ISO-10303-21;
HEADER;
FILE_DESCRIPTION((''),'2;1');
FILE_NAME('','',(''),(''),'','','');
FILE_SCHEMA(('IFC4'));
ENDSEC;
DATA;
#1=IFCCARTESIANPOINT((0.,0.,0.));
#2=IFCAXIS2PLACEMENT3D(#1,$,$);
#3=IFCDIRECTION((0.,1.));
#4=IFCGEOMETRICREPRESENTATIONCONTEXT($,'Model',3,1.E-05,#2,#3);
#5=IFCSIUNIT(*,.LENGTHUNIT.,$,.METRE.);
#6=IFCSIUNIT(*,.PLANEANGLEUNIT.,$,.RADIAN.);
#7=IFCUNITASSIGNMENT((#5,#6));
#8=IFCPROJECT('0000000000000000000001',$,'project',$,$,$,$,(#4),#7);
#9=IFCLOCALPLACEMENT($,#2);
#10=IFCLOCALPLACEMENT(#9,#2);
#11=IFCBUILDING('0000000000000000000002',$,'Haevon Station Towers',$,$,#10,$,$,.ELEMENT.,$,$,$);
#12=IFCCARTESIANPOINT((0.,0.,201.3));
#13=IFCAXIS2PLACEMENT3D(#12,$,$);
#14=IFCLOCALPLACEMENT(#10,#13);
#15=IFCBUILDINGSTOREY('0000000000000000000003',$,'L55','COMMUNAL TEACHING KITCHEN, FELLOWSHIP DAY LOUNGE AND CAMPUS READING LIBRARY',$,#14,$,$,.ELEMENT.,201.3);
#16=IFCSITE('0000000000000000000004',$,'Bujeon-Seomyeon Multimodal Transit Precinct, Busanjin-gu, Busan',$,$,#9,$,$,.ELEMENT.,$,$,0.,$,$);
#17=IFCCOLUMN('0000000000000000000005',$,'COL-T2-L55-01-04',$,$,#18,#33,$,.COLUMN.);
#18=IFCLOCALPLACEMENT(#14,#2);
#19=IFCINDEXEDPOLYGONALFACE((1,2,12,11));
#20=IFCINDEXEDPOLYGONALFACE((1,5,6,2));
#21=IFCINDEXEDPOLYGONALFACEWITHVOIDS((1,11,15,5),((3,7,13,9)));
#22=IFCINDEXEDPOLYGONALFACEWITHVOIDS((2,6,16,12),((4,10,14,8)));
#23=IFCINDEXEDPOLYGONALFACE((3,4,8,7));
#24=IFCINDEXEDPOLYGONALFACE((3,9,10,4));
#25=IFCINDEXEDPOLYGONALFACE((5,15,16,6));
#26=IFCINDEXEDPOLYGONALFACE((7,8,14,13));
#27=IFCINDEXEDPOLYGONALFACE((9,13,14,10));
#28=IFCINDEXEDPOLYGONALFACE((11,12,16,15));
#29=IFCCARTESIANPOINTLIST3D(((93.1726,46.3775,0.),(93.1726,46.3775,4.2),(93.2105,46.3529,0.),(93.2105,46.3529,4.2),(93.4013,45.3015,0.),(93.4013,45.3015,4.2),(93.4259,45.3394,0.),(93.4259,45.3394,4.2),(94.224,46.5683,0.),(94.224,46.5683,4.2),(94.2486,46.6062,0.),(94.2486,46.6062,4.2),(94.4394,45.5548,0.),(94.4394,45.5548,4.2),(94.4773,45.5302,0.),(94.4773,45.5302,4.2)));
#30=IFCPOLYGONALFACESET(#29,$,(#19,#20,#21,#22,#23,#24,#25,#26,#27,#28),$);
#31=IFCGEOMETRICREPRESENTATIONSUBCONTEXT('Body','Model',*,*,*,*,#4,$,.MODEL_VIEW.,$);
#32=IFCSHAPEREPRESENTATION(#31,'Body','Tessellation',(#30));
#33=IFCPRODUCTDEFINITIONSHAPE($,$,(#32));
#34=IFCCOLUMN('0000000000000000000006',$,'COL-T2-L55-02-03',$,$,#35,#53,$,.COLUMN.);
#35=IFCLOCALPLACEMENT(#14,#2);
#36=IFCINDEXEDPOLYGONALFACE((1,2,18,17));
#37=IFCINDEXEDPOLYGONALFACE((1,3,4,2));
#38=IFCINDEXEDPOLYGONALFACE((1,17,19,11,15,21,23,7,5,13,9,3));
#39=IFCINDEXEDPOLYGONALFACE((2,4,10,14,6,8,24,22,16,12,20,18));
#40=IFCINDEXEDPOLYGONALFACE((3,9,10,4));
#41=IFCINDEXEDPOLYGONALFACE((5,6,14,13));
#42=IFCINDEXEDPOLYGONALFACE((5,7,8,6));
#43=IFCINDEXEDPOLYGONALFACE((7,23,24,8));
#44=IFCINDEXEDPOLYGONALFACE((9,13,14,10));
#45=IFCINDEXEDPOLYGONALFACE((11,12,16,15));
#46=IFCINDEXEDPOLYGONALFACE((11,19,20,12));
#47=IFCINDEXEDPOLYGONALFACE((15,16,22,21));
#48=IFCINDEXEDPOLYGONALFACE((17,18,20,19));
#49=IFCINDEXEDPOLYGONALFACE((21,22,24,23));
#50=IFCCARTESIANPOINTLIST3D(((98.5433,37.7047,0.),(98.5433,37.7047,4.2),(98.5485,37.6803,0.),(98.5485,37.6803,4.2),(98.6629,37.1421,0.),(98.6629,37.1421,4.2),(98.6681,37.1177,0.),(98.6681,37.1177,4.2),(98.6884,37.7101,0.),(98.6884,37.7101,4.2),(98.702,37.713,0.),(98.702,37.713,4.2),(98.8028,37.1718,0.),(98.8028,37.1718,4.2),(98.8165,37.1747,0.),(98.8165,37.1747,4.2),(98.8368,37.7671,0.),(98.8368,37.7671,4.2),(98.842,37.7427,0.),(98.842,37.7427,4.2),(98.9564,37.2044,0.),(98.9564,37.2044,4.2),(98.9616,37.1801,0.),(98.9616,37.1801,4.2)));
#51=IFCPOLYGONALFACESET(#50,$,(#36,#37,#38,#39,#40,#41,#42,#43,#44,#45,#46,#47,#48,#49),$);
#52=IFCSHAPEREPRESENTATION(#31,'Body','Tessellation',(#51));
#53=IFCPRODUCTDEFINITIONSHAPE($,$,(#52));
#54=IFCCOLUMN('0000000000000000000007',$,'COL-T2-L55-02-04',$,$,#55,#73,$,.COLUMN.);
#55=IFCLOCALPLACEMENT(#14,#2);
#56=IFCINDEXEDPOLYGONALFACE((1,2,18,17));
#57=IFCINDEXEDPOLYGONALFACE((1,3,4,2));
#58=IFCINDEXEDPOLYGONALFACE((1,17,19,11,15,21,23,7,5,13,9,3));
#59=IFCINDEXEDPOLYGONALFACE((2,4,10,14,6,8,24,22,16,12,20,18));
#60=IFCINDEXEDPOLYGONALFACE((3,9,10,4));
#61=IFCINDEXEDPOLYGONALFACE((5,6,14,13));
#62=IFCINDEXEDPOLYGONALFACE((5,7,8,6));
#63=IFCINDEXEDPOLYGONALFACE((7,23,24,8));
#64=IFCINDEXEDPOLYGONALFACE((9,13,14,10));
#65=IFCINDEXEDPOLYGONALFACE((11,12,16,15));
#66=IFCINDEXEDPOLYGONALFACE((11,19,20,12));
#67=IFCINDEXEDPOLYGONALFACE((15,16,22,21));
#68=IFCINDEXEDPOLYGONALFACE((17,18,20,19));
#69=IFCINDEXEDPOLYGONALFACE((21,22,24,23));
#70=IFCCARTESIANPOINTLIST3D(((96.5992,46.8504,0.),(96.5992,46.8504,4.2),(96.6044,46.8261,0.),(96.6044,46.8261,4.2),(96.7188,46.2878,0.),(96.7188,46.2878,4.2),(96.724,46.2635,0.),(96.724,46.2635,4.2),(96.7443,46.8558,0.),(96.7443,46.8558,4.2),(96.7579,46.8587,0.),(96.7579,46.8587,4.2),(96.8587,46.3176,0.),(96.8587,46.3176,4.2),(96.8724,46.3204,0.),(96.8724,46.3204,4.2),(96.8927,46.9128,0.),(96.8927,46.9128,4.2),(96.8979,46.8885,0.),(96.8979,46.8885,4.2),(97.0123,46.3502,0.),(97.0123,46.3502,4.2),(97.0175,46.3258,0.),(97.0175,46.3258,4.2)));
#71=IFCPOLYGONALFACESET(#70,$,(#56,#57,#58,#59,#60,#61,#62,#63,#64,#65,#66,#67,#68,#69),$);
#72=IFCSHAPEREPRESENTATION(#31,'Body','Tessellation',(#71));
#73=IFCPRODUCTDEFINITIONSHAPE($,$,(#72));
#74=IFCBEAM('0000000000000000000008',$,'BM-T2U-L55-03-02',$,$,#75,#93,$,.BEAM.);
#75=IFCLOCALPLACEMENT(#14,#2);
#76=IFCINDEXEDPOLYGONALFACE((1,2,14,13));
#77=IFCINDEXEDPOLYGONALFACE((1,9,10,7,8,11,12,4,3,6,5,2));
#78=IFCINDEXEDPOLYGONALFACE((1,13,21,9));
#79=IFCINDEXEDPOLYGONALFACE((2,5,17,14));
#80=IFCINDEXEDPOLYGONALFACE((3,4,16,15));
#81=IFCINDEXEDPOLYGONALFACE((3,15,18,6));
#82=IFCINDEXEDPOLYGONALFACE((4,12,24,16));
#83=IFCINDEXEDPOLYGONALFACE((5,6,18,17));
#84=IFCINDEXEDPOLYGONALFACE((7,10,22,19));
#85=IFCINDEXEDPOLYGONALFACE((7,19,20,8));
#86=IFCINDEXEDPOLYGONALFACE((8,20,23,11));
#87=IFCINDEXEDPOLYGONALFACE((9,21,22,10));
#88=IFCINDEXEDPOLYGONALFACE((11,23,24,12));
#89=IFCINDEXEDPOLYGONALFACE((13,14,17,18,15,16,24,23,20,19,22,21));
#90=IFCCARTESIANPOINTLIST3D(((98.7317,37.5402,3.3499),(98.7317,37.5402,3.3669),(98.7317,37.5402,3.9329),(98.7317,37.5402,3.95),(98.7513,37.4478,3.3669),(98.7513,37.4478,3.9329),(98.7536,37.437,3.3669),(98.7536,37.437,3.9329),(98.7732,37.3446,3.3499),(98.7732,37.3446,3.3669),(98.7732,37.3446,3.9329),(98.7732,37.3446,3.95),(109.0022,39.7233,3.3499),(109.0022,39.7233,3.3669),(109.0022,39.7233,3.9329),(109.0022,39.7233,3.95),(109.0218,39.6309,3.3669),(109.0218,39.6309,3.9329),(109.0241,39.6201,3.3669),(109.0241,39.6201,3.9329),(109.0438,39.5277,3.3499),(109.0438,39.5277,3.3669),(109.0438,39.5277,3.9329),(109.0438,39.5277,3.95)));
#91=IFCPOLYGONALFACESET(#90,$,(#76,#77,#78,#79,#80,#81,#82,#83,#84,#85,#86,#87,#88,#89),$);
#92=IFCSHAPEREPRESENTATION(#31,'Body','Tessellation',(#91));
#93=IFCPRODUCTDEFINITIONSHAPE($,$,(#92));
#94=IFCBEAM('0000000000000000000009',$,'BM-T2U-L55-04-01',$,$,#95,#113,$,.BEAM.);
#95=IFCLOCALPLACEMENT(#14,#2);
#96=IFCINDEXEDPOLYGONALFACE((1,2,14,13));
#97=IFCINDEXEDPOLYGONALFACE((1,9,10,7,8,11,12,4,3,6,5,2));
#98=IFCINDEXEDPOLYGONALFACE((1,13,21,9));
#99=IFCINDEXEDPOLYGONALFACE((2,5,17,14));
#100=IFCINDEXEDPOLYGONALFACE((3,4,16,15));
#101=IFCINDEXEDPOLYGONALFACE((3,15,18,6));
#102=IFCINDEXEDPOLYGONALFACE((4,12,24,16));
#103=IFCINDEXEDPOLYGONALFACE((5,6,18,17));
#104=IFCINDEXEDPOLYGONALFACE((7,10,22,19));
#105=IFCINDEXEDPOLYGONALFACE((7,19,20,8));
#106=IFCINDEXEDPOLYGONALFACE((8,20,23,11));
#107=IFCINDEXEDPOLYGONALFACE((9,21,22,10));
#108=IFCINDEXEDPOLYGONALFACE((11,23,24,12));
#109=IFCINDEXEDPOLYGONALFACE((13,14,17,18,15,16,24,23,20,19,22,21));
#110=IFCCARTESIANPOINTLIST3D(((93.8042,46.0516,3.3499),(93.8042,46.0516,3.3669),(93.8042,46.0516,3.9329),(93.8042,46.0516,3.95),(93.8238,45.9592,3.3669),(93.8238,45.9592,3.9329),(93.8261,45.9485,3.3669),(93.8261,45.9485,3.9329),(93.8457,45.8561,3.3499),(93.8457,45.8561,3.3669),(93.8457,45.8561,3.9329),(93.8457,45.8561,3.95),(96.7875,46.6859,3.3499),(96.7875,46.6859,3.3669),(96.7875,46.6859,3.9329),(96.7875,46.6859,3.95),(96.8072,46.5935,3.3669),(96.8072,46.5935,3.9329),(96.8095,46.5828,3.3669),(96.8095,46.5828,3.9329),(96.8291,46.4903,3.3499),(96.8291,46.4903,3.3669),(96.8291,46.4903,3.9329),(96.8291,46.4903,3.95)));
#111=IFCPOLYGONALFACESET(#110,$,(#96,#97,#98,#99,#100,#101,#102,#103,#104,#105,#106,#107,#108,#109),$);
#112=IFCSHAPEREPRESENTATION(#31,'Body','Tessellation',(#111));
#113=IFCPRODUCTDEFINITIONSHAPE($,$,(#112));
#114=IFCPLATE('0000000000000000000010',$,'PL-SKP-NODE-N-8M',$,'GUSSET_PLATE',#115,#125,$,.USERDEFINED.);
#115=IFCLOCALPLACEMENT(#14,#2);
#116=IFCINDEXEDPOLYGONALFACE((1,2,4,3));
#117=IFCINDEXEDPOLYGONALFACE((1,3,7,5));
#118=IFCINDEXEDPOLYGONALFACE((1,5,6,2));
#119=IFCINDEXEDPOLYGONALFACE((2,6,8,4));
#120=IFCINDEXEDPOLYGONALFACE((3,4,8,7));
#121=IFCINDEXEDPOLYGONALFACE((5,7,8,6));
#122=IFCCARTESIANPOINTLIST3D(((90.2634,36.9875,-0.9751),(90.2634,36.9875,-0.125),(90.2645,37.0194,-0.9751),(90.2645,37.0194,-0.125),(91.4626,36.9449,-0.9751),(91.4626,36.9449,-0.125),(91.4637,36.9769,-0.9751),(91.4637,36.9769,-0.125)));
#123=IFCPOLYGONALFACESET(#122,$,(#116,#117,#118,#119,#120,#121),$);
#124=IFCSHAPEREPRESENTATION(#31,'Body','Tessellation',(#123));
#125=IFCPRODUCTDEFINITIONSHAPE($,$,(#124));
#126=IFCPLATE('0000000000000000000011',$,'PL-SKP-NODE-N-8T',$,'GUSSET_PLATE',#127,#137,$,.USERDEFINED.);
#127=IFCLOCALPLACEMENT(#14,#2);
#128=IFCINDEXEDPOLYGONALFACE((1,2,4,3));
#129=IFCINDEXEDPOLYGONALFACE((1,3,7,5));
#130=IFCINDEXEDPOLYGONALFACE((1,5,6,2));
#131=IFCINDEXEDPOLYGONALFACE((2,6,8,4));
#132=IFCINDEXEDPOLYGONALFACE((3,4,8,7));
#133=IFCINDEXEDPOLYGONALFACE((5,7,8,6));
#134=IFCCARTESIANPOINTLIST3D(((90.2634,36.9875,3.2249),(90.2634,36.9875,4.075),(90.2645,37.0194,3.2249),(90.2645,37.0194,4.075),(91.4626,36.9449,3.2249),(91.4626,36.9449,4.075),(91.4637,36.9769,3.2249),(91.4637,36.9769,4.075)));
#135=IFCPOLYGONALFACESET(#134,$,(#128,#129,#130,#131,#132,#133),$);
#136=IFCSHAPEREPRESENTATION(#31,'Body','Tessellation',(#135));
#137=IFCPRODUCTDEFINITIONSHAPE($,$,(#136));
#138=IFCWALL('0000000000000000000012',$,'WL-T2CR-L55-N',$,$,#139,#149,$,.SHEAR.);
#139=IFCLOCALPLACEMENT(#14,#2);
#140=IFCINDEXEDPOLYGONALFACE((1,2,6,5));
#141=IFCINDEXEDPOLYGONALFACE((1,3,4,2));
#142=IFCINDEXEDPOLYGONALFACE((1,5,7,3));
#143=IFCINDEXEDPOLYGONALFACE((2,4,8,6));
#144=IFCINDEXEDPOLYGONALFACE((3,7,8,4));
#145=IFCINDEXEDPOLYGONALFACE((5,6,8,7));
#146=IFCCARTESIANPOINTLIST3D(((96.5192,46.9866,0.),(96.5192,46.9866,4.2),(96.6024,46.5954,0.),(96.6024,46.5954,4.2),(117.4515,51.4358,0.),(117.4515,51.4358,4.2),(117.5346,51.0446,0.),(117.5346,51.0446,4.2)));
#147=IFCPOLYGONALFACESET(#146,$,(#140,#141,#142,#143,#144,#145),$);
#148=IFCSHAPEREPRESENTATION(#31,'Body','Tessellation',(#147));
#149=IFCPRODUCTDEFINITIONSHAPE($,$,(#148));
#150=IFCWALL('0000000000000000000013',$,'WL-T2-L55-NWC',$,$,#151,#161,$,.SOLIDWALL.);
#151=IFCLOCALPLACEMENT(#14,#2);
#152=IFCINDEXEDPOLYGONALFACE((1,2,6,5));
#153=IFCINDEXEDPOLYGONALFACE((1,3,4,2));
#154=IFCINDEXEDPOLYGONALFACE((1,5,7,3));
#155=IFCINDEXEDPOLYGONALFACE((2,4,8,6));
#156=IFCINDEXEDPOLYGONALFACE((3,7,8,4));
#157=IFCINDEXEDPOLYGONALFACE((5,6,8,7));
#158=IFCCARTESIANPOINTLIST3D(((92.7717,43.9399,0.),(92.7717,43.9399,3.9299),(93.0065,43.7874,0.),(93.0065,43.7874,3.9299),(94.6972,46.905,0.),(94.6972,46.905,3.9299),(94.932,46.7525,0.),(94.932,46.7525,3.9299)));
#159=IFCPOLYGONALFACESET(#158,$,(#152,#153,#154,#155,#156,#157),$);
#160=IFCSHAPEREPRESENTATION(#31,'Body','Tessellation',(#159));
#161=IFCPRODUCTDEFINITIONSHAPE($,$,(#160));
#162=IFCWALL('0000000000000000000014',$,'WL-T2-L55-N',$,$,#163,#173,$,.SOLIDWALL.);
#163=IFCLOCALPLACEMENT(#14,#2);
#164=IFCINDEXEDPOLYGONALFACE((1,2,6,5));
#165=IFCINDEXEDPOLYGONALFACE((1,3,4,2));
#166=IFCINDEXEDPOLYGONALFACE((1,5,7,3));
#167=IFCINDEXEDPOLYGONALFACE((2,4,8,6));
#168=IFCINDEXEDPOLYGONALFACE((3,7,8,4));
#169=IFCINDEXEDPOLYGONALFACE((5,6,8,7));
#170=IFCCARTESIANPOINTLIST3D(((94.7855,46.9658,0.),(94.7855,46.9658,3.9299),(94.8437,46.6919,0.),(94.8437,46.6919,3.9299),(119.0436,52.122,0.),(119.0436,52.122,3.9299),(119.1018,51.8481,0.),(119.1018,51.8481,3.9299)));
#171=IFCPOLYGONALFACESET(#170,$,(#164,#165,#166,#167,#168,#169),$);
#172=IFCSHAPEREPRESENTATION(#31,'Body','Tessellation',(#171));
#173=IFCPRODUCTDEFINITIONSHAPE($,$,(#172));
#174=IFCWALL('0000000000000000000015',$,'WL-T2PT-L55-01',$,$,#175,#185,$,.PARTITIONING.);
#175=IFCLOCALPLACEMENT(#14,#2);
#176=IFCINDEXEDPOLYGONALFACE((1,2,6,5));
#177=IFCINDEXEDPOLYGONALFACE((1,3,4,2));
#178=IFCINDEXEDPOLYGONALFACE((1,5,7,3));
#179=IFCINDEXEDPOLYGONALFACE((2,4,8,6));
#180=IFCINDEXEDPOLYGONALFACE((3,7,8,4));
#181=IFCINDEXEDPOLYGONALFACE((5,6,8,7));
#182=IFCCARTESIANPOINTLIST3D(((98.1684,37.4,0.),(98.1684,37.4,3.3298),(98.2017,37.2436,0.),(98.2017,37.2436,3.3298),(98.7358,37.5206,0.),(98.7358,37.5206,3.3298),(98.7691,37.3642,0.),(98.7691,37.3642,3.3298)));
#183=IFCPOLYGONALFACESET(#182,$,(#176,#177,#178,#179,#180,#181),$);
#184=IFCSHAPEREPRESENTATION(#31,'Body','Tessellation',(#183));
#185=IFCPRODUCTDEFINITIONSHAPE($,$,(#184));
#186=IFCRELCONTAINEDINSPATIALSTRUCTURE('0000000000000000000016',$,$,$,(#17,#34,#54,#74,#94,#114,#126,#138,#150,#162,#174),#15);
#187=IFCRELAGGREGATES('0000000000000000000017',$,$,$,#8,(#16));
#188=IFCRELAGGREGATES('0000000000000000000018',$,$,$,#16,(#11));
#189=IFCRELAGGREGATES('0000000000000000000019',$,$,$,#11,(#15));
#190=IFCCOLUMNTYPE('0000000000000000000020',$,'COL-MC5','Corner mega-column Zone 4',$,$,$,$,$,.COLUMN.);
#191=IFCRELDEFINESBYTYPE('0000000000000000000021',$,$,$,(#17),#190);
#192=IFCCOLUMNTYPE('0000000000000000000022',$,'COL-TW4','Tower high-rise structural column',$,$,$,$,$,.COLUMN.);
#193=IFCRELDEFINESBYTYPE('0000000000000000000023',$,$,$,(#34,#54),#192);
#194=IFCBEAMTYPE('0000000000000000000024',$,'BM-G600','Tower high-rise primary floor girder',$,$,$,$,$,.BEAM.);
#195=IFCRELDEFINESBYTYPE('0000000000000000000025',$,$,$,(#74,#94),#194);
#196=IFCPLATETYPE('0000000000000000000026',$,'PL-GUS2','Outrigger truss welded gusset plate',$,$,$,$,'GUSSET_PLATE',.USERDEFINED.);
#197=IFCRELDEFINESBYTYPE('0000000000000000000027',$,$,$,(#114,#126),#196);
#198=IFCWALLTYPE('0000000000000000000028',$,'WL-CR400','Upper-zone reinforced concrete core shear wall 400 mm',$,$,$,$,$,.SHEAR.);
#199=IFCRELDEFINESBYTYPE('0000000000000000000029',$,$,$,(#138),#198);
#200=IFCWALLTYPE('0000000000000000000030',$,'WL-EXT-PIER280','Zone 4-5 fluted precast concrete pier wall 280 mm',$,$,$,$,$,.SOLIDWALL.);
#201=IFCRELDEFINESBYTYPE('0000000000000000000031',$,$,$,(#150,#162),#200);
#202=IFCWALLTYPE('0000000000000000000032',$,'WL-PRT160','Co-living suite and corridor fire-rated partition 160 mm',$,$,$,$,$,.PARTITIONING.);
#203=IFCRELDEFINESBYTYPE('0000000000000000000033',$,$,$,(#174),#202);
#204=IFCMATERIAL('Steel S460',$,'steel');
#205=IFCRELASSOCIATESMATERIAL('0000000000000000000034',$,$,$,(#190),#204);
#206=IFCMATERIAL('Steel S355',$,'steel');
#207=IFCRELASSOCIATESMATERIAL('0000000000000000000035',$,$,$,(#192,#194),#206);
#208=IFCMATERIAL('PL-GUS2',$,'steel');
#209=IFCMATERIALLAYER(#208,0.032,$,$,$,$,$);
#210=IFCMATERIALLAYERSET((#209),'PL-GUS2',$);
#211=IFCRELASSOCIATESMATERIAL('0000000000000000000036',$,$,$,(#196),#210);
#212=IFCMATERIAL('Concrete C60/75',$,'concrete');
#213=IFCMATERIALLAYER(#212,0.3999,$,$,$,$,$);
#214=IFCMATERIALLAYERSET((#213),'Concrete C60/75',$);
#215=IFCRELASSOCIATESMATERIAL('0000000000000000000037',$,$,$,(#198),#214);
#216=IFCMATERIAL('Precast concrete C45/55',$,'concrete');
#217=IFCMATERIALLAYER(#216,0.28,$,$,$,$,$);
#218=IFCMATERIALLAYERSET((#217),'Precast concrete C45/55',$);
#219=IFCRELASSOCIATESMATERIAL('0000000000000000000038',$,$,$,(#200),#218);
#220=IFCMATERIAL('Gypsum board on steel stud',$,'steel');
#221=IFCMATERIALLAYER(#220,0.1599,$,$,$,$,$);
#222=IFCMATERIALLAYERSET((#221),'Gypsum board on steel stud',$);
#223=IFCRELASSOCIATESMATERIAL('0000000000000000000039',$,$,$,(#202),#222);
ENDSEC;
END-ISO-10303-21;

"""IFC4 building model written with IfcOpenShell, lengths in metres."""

from ifc_helpers import new_model, si_unit, direction, frame, frame_2d, origin, origin_2d, place, context, subcontext, project, spatial, rectangle, hollow_rectangle, i_section, extrude, material, layer, layer_set, material_profile, profile_set, type_object, element, save


model = new_model("IFC4")

# Units and contexts
model_context = context("Model", 3, precision=1e-05, world=origin(), true_north=direction((0.0, 1.0)))
body_context = subcontext(model_context, "Body", "Model", "MODEL_VIEW")
ifc_project = project(units=[si_unit("LENGTHUNIT", "METRE"), si_unit("PLANEANGLEUNIT", "RADIAN")], contexts=[model_context])

# Site, building, storey
site_placement = place(None, origin())
site = spatial("IfcSite", under=ifc_project, at=site_placement, Name="Bujeon-Seomyeon Multimodal Transit Precinct, Busanjin-gu, Busan", CompositionType="ELEMENT", RefElevation=0.0)
building_placement = place(site_placement, origin())
building = spatial("IfcBuilding", under=site, at=building_placement, Name="Haevon Station Towers", CompositionType="ELEMENT")
storey_placement = place(building_placement, frame((0.0, 0.0, 201.3)))
storey = spatial("IfcBuildingStorey", under=building, at=storey_placement, Name="L55", Description="COMMUNAL TEACHING KITCHEN, FELLOWSHIP DAY LOUNGE AND CAMPUS READING LIBRARY", CompositionType="ELEMENT", Elevation=201.3)

# Columns
ifc_material_1 = material(Name="Steel S460", Category="steel")
ifc_material_profile_1 = material_profile(ifc_material_1, hollow_rectangle(XDim=1.1001, YDim=1.1001, WallThickness=0.032, at=origin_2d()), Name="BOX-1100x1100x32")
ifc_profile_set_1 = profile_set([ifc_material_profile_1], Name="Steel S460")
column_type_1 = type_object("IfcColumnType", Name="COL-MC5", Description="Corner mega-column Zone 4", PredefinedType="COLUMN", material=ifc_profile_set_1)
column_placement = place(storey_placement, frame((93.825, 45.9539, 0.0), z_axis=(0.0, 0.0, 1.0), x_axis=(0.978148, 0.207912, 0.0)))
element("IfcColumn", 1, at=column_placement, inside=storey, type_object=column_type_1, Name="COL-T2-L55-01-04", PredefinedType="COLUMN", context=body_context, shape_type="SweptSolid", body=[
    extrude(hollow_rectangle(XDim=1.1001, YDim=1.1001, WallThickness=0.032, at=origin_2d()), origin(), (0.0, 0.0, 1.0), 4.2),
])
ifc_material_2 = material(Name="Steel S355", Category="steel")
ifc_material_profile_2 = material_profile(ifc_material_2, i_section(OverallWidth=0.3, OverallDepth=0.6001, WebThickness=0.0139, FlangeThickness=0.0249, at=origin_2d()), Name="H-600x300x14x25")
ifc_profile_set_2 = profile_set([ifc_material_profile_2], Name="Steel S355")
column_type_2 = type_object("IfcColumnType", Name="COL-TW4", Description="Tower high-rise structural column", PredefinedType="COLUMN", material=ifc_profile_set_2)
for number, where, z_axis, x_axis, name in (
    (2, (98.7524, 37.4424, 0.0), (0.0, 0.0, 1.0), (0.978148, 0.207912, 0.0), "COL-T2-L55-02-03"),
    (3, (96.8083, 46.5881, 0.0), (0.0, 0.0, 1.0), (0.978148, 0.207912, 0.0), "COL-T2-L55-02-04"),
):
    element("IfcColumn", number, at=place(storey_placement, frame(where, z_axis=z_axis, x_axis=x_axis)), inside=storey, type_object=column_type_2, Name=name, PredefinedType="COLUMN", context=body_context, shape_type="SweptSolid", body=[
        extrude(i_section(OverallWidth=0.3, OverallDepth=0.6001, WebThickness=0.0139, FlangeThickness=0.0249, at=origin_2d()), origin(), (0.0, 0.0, 1.0), 4.2),
    ])

# Beams
ifc_material_profile_3 = material_profile(ifc_material_2, i_section(OverallWidth=0.2, OverallDepth=0.6001, WebThickness=0.011, FlangeThickness=0.0171, at=origin_2d()), Name="H-600x200x11x17")
ifc_profile_set_3 = profile_set([ifc_material_profile_3], Name="Steel S355")
beam_type = type_object("IfcBeamType", Name="BM-G600", Description="Tower high-rise primary floor girder", PredefinedType="BEAM", material=ifc_profile_set_3)
beam_1_placement = place(storey_placement, frame((98.7524, 37.4424, 3.6499), z_axis=(0.978147, 0.207915, 0.0), x_axis=(-0.207915, 0.978147, 0.0)))
element("IfcBeam", 4, at=beam_1_placement, inside=storey, type_object=beam_type, Name="BM-T2U-L55-03-02", PredefinedType="BEAM", context=body_context, shape_type="SweptSolid", body=[
    extrude(i_section(OverallWidth=0.2, OverallDepth=0.6001, WebThickness=0.011, FlangeThickness=0.0171, at=origin_2d()), origin(), (0.0, 0.0, 1.0), 10.5),
])
beam_2_placement = place(storey_placement, frame((93.825, 45.9539, 3.6499), z_axis=(0.978139, 0.207954, 0.0), x_axis=(-0.207954, 0.978139, 0.0)))
element("IfcBeam", 5, at=beam_2_placement, inside=storey, type_object=beam_type, Name="BM-T2U-L55-04-01", PredefinedType="BEAM", context=body_context, shape_type="SweptSolid", body=[
    extrude(i_section(OverallWidth=0.2, OverallDepth=0.6001, WebThickness=0.011, FlangeThickness=0.0171, at=origin_2d()), origin(), (0.0, 0.0, 1.0), 3.05),
])

# Plates
ifc_material_3 = material(Name="PL-GUS2", Category="steel")
ifc_layer_1 = layer(ifc_material_3, 0.032)
ifc_layer_set_1 = layer_set([ifc_layer_1], Name="PL-GUS2")
plate_type = type_object("IfcPlateType", Name="PL-GUS2", Description="Outrigger truss welded gusset plate", ElementType="GUSSET_PLATE", PredefinedType="USERDEFINED", material=ifc_layer_set_1)
for number, where, z_axis, x_axis, name in (
    (6, (90.8635, 36.9822, -0.9751), (0.0, 0.0, 1.0), (0.999372, -0.03544, 0.0), "PL-SKP-NODE-N-8M"),
    (7, (90.8635, 36.9822, 3.2249), (0.0, 0.0, 1.0), (0.999372, -0.03544, 0.0), "PL-SKP-NODE-N-8T"),
):
    element("IfcPlate", number, at=place(storey_placement, frame(where, z_axis=z_axis, x_axis=x_axis)), inside=storey, type_object=plate_type, Name=name, ObjectType="GUSSET_PLATE", PredefinedType="USERDEFINED", context=body_context, shape_type="SweptSolid", body=[
        extrude(rectangle(XDim=1.2, YDim=0.032, at=origin_2d()), origin(), (0.0, 0.0, 1.0), 0.8501),
    ])

# Walls
ifc_material_4 = material(Name="Concrete C60/75", Category="concrete")
ifc_layer_2 = layer(ifc_material_4, 0.3999)
ifc_layer_set_2 = layer_set([ifc_layer_2], Name="Concrete C60/75")
wall_type_1 = type_object("IfcWallType", Name="WL-CR400", Description="Upper-zone reinforced concrete core shear wall 400 mm", PredefinedType="SHEAR", material=ifc_layer_set_2)
wall_1_placement = place(storey_placement, frame((96.5608, 46.791, 0.0), z_axis=(0.0, 0.0, 1.0), x_axis=(0.978148, 0.207907, 0.0)))
element("IfcWall", 8, at=wall_1_placement, inside=storey, type_object=wall_type_1, Name="WL-T2CR-L55-N", PredefinedType="SHEAR", context=body_context, shape_type="SweptSolid", body=[
    extrude(rectangle(XDim=21.3999, YDim=0.3999, at=frame_2d((10.7, 0.0))), origin(), (0.0, 0.0, 1.0), 4.2),
])
ifc_material_5 = material(Name="Precast concrete C45/55", Category="concrete")
ifc_layer_3 = layer(ifc_material_5, 0.28)
ifc_layer_set_3 = layer_set([ifc_layer_3], Name="Precast concrete C45/55")
wall_type_2 = type_object("IfcWallType", Name="WL-EXT-PIER280", Description="Zone 4-5 fluted precast concrete pier wall 280 mm", PredefinedType="SOLIDWALL", material=ifc_layer_set_3)
wall_2_placement = place(storey_placement, frame((92.8892, 43.8638, 0.0), z_axis=(0.0, 0.0, 1.0), x_axis=(0.544636, 0.838672, 0.0)))
element("IfcWall", 9, at=wall_2_placement, inside=storey, type_object=wall_type_2, Name="WL-T2-L55-NWC", PredefinedType="SOLIDWALL", context=body_context, shape_type="SweptSolid", body=[
    extrude(rectangle(XDim=3.5354, YDim=0.28, at=frame_2d((1.7676, 0.0))), origin(), (0.0, 0.0, 1.0), 3.9299),
])
wall_3_placement = place(storey_placement, frame((94.8147, 46.8289, 0.0), z_axis=(0.0, 0.0, 1.0), x_axis=(0.978147, 0.207913, 0.0)))
element("IfcWall", 10, at=wall_3_placement, inside=storey, type_object=wall_type_2, Name="WL-T2-L55-N", PredefinedType="SOLIDWALL", context=body_context, shape_type="SweptSolid", body=[
    extrude(rectangle(XDim=24.8, YDim=0.28, at=frame_2d((12.3999, 0.0))), origin(), (0.0, 0.0, 1.0), 3.9299),
])
ifc_material_6 = material(Name="Gypsum board on steel stud", Category="steel")
ifc_layer_4 = layer(ifc_material_6, 0.1599)
ifc_layer_set_4 = layer_set([ifc_layer_4], Name="Gypsum board on steel stud")
wall_type_3 = type_object("IfcWallType", Name="WL-PRT160", Description="Co-living suite and corridor fire-rated partition 160 mm", PredefinedType="PARTITIONING", material=ifc_layer_set_4)
wall_4_placement = place(storey_placement, frame((98.1851, 37.3218, 0.0), z_axis=(0.0, 0.0, 1.0), x_axis=(0.978146, 0.207919, 0.0)))
element("IfcWall", 11, at=wall_4_placement, inside=storey, type_object=wall_type_3, Name="WL-T2PT-L55-01", PredefinedType="PARTITIONING", context=body_context, shape_type="SweptSolid", body=[
    extrude(rectangle(XDim=0.5801, YDim=0.1599, at=frame_2d((0.29, 0.0))), origin(), (0.0, 0.0, 1.0), 3.3298),
])

save(model, "model.ifc")
